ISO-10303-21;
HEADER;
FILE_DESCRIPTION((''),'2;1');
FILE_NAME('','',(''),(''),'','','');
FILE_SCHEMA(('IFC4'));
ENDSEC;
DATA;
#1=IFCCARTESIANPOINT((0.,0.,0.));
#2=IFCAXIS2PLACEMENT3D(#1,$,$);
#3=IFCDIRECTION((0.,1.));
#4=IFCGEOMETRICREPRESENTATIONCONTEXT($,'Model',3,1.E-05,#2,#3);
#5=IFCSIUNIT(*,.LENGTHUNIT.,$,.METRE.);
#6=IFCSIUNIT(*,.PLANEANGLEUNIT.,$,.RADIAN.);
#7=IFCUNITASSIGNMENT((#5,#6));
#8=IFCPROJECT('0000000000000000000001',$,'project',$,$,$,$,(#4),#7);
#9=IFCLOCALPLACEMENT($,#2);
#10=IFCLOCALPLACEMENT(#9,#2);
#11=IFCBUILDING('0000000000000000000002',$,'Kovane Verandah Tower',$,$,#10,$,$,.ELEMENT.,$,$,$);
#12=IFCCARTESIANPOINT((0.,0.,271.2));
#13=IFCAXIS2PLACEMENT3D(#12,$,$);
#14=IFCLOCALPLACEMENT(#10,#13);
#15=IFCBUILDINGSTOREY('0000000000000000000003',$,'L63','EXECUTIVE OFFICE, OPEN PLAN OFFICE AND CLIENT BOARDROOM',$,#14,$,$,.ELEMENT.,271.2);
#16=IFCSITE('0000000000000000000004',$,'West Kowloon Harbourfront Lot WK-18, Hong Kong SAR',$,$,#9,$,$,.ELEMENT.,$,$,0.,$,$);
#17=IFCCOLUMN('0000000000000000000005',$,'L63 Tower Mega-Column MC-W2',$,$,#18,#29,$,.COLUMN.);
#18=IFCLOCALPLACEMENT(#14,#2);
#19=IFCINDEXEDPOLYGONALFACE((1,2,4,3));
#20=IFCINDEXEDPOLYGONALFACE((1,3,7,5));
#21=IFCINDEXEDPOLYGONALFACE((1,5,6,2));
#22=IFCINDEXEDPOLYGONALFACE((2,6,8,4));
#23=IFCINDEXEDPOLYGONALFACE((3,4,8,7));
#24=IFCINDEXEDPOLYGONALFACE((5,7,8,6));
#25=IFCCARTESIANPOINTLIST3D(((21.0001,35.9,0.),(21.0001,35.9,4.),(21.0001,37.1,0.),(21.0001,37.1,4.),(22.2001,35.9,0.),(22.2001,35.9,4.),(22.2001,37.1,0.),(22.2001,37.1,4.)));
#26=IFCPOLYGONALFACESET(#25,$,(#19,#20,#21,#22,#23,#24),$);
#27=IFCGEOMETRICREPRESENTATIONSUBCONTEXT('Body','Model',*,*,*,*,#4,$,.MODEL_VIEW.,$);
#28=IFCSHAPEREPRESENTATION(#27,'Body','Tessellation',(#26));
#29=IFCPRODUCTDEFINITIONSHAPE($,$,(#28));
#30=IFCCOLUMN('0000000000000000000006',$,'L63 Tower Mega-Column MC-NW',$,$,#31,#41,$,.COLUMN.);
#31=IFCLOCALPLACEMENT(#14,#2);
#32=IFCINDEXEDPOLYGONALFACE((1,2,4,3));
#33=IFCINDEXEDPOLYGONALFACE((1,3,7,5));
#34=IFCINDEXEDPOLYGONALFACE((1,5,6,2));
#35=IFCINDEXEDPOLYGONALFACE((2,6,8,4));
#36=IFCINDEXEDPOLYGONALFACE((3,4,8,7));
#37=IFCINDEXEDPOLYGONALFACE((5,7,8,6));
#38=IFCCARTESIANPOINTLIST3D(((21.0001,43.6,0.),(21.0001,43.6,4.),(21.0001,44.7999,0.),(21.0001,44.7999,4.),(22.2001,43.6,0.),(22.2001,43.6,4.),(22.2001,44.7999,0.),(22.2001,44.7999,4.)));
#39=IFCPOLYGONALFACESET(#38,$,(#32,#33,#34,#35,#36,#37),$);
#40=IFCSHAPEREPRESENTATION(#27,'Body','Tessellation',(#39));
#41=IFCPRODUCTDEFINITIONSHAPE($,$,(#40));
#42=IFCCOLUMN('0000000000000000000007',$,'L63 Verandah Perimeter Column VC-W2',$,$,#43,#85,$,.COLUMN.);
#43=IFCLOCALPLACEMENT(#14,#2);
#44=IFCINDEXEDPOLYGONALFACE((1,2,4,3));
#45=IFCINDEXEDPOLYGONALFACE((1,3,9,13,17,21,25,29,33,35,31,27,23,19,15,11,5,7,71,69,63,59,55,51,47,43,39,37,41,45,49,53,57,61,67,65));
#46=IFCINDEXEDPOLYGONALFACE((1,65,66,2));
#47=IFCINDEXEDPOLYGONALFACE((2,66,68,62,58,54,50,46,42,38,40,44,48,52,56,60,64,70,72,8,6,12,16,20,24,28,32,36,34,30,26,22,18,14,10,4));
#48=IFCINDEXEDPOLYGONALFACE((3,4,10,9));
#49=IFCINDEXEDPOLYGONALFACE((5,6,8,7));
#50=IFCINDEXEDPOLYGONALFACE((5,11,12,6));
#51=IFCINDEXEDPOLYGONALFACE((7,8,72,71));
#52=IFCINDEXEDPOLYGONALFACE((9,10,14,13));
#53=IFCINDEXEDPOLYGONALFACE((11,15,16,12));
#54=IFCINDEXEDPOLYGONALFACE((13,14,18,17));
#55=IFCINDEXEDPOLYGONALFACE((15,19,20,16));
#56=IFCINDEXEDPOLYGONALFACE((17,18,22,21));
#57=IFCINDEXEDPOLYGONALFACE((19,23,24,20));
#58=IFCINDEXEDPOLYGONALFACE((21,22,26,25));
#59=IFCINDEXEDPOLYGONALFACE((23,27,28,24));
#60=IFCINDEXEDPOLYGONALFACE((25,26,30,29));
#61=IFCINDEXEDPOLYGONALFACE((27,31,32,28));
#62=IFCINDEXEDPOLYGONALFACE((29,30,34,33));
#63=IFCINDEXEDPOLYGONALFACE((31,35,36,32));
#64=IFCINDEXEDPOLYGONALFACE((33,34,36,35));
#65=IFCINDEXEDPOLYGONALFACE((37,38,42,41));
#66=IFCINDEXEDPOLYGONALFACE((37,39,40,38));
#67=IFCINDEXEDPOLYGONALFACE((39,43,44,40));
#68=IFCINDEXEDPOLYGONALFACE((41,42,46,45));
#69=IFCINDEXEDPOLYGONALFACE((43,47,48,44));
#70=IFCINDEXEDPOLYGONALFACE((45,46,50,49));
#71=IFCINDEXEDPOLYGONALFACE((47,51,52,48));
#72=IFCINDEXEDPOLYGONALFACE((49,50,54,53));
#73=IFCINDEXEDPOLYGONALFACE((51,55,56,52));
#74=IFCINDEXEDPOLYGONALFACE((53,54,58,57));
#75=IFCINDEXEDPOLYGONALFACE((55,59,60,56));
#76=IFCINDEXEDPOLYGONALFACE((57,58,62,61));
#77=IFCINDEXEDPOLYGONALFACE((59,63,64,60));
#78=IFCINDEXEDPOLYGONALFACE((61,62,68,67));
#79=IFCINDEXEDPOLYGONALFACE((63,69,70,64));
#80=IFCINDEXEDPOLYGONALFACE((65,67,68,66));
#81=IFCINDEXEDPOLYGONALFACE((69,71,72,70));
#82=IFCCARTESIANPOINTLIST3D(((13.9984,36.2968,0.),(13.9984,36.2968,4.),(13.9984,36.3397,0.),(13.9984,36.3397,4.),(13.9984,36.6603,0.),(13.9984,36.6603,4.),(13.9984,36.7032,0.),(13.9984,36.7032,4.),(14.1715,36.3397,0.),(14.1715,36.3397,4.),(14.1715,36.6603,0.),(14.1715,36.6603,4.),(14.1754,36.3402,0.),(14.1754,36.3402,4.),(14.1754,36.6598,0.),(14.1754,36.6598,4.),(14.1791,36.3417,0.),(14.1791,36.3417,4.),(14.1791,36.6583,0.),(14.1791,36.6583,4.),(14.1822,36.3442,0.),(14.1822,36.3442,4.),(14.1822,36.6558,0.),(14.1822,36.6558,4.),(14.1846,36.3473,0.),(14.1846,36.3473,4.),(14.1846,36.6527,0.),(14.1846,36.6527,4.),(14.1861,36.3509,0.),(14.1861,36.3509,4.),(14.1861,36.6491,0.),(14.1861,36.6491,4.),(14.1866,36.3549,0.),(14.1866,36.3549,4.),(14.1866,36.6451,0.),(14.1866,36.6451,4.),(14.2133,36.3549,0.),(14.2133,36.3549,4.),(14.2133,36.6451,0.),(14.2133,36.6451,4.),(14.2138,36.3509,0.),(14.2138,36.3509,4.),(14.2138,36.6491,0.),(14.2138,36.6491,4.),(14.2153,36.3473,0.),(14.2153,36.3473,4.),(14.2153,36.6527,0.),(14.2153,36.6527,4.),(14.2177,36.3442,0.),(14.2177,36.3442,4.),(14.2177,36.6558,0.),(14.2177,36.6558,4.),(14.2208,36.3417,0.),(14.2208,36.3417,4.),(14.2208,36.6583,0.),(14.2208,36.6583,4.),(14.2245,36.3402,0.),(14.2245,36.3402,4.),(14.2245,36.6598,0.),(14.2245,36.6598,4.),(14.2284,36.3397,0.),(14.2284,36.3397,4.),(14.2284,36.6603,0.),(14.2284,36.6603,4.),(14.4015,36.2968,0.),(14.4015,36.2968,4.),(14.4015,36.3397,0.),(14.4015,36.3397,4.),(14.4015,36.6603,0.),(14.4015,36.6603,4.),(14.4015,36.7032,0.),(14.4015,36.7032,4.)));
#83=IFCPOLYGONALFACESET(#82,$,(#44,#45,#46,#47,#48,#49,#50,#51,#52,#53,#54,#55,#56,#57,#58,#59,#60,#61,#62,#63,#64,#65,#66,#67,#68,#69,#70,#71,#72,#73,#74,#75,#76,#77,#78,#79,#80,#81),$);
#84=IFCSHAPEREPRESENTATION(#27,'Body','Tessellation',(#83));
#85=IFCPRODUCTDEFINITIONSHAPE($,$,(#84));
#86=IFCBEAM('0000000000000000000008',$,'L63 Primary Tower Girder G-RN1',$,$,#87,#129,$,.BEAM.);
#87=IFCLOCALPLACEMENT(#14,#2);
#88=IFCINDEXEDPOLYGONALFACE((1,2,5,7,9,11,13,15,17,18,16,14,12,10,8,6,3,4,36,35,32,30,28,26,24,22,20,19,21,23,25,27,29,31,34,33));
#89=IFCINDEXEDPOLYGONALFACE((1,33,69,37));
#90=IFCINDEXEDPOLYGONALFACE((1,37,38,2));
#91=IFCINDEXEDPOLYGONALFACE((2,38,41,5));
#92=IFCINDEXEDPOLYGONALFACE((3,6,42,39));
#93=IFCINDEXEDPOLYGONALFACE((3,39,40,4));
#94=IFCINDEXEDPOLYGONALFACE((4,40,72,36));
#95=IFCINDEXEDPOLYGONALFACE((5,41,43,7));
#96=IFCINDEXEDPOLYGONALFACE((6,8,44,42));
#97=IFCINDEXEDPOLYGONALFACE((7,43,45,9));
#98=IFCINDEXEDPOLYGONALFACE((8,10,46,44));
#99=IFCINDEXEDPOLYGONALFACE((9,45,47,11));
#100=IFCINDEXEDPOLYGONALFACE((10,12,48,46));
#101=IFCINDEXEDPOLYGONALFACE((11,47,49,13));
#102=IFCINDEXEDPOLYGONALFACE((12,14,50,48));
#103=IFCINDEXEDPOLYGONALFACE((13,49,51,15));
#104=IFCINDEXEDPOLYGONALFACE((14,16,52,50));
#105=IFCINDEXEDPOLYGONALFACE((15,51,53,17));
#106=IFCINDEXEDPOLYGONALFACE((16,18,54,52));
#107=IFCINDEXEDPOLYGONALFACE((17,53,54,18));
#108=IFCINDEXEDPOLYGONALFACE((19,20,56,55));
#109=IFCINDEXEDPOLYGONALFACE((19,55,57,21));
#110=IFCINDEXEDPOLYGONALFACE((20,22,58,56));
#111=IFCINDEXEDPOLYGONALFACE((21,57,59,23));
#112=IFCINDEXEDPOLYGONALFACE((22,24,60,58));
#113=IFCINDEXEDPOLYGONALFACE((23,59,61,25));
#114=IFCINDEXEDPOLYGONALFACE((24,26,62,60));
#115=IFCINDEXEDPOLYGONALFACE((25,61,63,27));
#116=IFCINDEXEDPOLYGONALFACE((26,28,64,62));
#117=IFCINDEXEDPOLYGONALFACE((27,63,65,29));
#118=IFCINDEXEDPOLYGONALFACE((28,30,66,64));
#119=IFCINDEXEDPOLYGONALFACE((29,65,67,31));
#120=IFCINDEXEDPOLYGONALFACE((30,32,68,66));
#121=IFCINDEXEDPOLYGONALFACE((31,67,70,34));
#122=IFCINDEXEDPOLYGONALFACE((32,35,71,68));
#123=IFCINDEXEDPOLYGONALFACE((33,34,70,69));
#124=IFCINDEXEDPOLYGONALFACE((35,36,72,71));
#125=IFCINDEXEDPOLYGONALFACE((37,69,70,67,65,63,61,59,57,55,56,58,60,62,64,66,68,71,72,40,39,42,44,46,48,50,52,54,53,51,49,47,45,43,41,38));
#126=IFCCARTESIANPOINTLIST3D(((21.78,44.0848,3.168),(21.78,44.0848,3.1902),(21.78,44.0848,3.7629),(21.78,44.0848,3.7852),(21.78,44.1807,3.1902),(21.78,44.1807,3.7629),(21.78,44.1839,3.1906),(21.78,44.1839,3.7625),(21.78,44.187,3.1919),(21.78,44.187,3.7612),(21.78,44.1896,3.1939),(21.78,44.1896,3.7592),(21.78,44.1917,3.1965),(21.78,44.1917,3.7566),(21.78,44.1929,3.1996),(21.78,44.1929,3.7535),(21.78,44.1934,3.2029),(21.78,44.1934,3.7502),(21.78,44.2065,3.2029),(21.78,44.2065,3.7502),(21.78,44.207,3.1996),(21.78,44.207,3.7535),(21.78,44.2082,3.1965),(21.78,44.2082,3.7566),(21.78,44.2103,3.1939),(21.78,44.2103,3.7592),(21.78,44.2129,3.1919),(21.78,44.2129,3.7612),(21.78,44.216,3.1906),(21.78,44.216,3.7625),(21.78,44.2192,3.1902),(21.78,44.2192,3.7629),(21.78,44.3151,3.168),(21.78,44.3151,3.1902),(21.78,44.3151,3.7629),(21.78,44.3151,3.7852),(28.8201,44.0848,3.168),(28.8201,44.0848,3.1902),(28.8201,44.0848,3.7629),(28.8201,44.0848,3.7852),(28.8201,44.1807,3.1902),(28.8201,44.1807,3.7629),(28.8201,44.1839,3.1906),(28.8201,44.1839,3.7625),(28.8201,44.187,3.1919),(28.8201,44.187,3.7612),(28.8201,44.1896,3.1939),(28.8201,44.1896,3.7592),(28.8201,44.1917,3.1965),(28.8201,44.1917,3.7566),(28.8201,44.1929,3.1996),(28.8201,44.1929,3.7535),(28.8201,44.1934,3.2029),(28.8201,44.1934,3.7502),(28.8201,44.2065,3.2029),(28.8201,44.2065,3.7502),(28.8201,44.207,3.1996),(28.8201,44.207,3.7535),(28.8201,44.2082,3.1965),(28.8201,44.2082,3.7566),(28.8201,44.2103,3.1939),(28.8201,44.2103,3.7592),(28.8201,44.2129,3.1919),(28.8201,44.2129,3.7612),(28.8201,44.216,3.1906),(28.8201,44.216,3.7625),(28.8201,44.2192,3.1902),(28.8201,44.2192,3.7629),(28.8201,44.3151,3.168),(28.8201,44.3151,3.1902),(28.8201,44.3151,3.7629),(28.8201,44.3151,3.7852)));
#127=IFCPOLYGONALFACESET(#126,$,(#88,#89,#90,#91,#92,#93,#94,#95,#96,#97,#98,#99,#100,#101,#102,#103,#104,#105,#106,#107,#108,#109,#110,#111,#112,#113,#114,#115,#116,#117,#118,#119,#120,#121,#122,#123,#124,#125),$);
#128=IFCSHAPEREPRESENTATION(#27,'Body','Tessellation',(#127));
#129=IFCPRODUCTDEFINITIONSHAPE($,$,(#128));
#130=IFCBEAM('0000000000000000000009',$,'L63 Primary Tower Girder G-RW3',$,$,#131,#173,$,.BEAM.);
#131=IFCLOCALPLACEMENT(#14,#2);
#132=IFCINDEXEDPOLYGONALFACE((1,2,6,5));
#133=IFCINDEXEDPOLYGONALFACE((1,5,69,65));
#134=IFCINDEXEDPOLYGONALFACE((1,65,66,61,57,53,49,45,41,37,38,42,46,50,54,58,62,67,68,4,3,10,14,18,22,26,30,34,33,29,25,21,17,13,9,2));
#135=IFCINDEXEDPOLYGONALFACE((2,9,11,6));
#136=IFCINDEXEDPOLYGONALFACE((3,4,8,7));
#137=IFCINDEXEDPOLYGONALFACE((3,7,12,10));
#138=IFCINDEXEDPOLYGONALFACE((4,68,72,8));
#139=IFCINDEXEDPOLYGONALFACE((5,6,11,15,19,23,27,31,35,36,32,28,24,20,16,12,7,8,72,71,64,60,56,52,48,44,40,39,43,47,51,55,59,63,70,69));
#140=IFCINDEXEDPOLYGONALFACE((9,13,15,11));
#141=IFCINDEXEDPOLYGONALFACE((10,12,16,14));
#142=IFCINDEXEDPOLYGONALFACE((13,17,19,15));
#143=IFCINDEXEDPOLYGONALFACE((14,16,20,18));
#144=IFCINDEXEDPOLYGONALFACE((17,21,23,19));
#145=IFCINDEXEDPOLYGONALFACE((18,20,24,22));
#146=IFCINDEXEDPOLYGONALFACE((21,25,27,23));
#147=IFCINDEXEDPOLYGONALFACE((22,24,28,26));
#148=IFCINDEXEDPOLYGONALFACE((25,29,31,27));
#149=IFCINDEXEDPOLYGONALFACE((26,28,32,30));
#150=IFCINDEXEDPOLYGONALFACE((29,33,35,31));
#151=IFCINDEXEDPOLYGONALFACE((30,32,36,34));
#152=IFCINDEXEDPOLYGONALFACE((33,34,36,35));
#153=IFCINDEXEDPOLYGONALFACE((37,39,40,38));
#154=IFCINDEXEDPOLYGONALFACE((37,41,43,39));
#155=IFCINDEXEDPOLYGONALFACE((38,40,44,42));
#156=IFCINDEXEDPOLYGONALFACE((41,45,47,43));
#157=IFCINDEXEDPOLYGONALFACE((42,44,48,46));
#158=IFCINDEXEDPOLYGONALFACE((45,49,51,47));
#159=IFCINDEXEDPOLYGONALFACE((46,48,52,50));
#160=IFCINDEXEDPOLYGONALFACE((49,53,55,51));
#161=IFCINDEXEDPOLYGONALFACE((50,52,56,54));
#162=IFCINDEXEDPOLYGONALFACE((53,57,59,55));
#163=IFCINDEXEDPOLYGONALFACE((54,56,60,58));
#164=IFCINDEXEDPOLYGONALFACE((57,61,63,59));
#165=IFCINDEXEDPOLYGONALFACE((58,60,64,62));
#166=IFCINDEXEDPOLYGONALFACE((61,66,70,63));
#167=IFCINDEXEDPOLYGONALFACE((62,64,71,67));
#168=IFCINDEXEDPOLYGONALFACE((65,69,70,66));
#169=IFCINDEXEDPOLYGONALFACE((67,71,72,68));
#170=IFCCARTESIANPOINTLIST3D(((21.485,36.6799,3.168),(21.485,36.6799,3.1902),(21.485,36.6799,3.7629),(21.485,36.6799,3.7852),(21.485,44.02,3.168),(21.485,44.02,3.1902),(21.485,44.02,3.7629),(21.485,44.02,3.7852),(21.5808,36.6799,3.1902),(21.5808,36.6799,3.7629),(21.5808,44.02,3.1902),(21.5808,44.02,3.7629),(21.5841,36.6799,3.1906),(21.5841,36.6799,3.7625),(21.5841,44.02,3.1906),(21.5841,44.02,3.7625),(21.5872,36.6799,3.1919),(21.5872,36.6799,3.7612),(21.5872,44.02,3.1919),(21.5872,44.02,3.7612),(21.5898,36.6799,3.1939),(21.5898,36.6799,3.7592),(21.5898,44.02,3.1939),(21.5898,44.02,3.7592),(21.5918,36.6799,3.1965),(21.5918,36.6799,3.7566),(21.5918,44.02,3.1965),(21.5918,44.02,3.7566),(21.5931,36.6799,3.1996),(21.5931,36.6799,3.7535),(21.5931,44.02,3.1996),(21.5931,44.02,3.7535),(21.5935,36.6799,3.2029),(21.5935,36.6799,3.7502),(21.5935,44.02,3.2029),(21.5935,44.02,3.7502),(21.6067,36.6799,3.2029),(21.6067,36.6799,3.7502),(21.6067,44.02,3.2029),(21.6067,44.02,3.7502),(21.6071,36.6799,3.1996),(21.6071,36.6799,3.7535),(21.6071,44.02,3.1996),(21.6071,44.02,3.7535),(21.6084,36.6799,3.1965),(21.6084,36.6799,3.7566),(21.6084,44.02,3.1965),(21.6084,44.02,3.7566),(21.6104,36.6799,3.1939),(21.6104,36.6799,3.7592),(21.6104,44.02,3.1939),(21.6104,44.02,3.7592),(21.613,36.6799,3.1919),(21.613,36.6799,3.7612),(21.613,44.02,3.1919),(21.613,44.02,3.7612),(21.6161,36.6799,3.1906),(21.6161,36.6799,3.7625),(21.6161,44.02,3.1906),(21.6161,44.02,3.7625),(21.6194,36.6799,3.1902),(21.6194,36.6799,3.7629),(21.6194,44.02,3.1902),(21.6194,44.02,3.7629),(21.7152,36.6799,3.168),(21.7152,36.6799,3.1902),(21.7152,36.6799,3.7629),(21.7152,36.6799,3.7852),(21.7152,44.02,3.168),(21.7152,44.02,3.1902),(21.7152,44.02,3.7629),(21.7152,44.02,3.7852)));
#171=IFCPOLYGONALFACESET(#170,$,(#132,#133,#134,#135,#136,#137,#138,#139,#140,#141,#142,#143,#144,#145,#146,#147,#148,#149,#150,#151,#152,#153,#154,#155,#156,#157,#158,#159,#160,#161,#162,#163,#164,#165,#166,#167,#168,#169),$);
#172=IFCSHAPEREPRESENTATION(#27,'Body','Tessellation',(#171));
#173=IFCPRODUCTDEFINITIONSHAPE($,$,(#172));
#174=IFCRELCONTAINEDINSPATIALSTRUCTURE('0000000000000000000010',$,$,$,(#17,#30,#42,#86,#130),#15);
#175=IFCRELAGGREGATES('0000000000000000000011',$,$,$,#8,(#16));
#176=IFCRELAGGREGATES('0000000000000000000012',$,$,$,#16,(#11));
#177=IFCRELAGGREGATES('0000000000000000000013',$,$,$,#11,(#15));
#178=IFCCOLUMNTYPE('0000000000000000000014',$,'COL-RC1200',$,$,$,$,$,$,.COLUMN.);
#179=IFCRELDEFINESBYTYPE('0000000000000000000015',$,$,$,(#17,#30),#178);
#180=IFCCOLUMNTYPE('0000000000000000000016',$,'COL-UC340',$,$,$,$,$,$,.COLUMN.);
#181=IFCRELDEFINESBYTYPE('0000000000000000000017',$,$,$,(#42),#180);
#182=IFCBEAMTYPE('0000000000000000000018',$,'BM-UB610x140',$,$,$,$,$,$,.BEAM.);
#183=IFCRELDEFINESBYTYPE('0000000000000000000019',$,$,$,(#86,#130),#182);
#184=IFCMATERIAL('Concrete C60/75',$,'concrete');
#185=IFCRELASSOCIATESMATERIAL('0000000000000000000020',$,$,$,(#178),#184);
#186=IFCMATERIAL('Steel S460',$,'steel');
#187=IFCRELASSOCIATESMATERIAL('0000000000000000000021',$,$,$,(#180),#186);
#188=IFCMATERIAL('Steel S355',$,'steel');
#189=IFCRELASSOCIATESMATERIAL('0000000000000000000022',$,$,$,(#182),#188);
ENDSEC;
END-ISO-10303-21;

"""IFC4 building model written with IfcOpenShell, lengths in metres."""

from ifc_helpers import new_model, si_unit, direction, frame, origin, origin_2d, place, context, subcontext, project, spatial, rectangle, i_section, extrude, material, material_profile, profile_set, type_object, element, save


model = new_model("IFC4")

# Units and contexts
model_context = context("Model", 3, precision=1e-05, world=origin(), true_north=direction((0.0, 1.0)))
body_context = subcontext(model_context, "Body", "Model", "MODEL_VIEW")
ifc_project = project(units=[si_unit("LENGTHUNIT", "METRE"), si_unit("PLANEANGLEUNIT", "RADIAN")], contexts=[model_context])

# Site, building, storey
site_placement = place(None, origin())
site = spatial("IfcSite", under=ifc_project, at=site_placement, Name="West Kowloon Harbourfront Lot WK-18, Hong Kong SAR", CompositionType="ELEMENT", RefElevation=0.0)
building_placement = place(site_placement, origin())
building = spatial("IfcBuilding", under=site, at=building_placement, Name="Kovane Verandah Tower", CompositionType="ELEMENT")
storey_placement = place(building_placement, frame((0.0, 0.0, 271.2)))
storey = spatial("IfcBuildingStorey", under=building, at=storey_placement, Name="L63", Description="EXECUTIVE OFFICE, OPEN PLAN OFFICE AND CLIENT BOARDROOM", CompositionType="ELEMENT", Elevation=271.2)

# Columns
ifc_material_1 = material(Name="Concrete C60/75", Category="concrete")
ifc_material_profile_1 = material_profile(ifc_material_1, rectangle(XDim=1.2, YDim=1.2, at=origin_2d()), Name="RC1200x1200")
ifc_profile_set_1 = profile_set([ifc_material_profile_1], Name="Concrete C60/75")
column_type_1 = type_object("IfcColumnType", Name="COL-RC1200", PredefinedType="COLUMN", material=ifc_profile_set_1)
for number, where, z_axis, x_axis, name in (
    (1, (21.6001, 36.5, 0.0), (0.0, 0.0, 1.0), (1.0, 0.0, 0.0), "L63 Tower Mega-Column MC-W2"),
    (2, (21.6001, 44.2, 0.0), (0.0, 0.0, 1.0), (1.0, 0.0, 0.0), "L63 Tower Mega-Column MC-NW"),
):
    element("IfcColumn", number, at=place(storey_placement, frame(where, z_axis=z_axis, x_axis=x_axis)), inside=storey, type_object=column_type_1, Name=name, PredefinedType="COLUMN", context=body_context, shape_type="SweptSolid", body=[
        extrude(rectangle(XDim=1.2, YDim=1.2, at=origin_2d()), origin(), (0.0, 0.0, 1.0), 4.0),
    ])
ifc_material_2 = material(Name="Steel S460", Category="steel")
ifc_material_profile_2 = material_profile(ifc_material_2, i_section(OverallWidth=0.4031, OverallDepth=0.4065, WebThickness=0.0266, FlangeThickness=0.043, FilletRadius=0.0151, at=origin_2d()), Name="UC356x406x340")
ifc_profile_set_2 = profile_set([ifc_material_profile_2], Name="Steel S460")
column_type_2 = type_object("IfcColumnType", Name="COL-UC340", PredefinedType="COLUMN", material=ifc_profile_set_2)
column_placement = place(storey_placement, frame((14.2, 36.5, 0.0), z_axis=(0.0, 0.0, 1.0), x_axis=(1.0, 0.0, 0.0)))
element("IfcColumn", 3, at=column_placement, inside=storey, type_object=column_type_2, Name="L63 Verandah Perimeter Column VC-W2", PredefinedType="COLUMN", context=body_context, shape_type="SweptSolid", body=[
    extrude(i_section(OverallWidth=0.4031, OverallDepth=0.4065, WebThickness=0.0266, FlangeThickness=0.043, FilletRadius=0.0151, at=origin_2d()), origin(), (0.0, 0.0, 1.0), 4.0),
])

# Beams
ifc_material_3 = material(Name="Steel S355", Category="steel")
ifc_material_profile_3 = material_profile(ifc_material_3, i_section(OverallWidth=0.2302, OverallDepth=0.6172, WebThickness=0.0132, FlangeThickness=0.0222, FilletRadius=0.0127, at=origin_2d()), Name="UB610x229x140")
ifc_profile_set_3 = profile_set([ifc_material_profile_3], Name="Steel S355")
beam_type_1 = type_object("IfcBeamType", Name="BM-UB610x140", PredefinedType="BEAM", material=ifc_profile_set_3)
beam_1_placement = place(storey_placement, frame((21.78, 44.2, 3.4766), z_axis=(1.0, 0.0, 0.0), x_axis=(0.0, 1.0, 0.0)))
element("IfcBeam", 4, at=beam_1_placement, inside=storey, type_object=beam_type_1, Name="L63 Primary Tower Girder G-RN1", PredefinedType="BEAM", context=body_context, shape_type="SweptSolid", body=[
    extrude(i_section(OverallWidth=0.2302, OverallDepth=0.6172, WebThickness=0.0132, FlangeThickness=0.0222, FilletRadius=0.0127, at=origin_2d()), origin(), (0.0, 0.0, 1.0), 7.04),
])
beam_2_placement = place(storey_placement, frame((21.6001, 36.6799, 3.4766), z_axis=(0.0, 1.0, 0.0), x_axis=(-1.0, 0.0, 0.0)))
element("IfcBeam", 5, at=beam_2_placement, inside=storey, type_object=beam_type_1, Name="L63 Primary Tower Girder G-RW3", PredefinedType="BEAM", context=body_context, shape_type="SweptSolid", body=[
    extrude(i_section(OverallWidth=0.2302, OverallDepth=0.6172, WebThickness=0.0132, FlangeThickness=0.0222, FilletRadius=0.0127, at=origin_2d()), origin(), (0.0, 0.0, 1.0), 7.3401),
])

save(model, "model.ifc")
